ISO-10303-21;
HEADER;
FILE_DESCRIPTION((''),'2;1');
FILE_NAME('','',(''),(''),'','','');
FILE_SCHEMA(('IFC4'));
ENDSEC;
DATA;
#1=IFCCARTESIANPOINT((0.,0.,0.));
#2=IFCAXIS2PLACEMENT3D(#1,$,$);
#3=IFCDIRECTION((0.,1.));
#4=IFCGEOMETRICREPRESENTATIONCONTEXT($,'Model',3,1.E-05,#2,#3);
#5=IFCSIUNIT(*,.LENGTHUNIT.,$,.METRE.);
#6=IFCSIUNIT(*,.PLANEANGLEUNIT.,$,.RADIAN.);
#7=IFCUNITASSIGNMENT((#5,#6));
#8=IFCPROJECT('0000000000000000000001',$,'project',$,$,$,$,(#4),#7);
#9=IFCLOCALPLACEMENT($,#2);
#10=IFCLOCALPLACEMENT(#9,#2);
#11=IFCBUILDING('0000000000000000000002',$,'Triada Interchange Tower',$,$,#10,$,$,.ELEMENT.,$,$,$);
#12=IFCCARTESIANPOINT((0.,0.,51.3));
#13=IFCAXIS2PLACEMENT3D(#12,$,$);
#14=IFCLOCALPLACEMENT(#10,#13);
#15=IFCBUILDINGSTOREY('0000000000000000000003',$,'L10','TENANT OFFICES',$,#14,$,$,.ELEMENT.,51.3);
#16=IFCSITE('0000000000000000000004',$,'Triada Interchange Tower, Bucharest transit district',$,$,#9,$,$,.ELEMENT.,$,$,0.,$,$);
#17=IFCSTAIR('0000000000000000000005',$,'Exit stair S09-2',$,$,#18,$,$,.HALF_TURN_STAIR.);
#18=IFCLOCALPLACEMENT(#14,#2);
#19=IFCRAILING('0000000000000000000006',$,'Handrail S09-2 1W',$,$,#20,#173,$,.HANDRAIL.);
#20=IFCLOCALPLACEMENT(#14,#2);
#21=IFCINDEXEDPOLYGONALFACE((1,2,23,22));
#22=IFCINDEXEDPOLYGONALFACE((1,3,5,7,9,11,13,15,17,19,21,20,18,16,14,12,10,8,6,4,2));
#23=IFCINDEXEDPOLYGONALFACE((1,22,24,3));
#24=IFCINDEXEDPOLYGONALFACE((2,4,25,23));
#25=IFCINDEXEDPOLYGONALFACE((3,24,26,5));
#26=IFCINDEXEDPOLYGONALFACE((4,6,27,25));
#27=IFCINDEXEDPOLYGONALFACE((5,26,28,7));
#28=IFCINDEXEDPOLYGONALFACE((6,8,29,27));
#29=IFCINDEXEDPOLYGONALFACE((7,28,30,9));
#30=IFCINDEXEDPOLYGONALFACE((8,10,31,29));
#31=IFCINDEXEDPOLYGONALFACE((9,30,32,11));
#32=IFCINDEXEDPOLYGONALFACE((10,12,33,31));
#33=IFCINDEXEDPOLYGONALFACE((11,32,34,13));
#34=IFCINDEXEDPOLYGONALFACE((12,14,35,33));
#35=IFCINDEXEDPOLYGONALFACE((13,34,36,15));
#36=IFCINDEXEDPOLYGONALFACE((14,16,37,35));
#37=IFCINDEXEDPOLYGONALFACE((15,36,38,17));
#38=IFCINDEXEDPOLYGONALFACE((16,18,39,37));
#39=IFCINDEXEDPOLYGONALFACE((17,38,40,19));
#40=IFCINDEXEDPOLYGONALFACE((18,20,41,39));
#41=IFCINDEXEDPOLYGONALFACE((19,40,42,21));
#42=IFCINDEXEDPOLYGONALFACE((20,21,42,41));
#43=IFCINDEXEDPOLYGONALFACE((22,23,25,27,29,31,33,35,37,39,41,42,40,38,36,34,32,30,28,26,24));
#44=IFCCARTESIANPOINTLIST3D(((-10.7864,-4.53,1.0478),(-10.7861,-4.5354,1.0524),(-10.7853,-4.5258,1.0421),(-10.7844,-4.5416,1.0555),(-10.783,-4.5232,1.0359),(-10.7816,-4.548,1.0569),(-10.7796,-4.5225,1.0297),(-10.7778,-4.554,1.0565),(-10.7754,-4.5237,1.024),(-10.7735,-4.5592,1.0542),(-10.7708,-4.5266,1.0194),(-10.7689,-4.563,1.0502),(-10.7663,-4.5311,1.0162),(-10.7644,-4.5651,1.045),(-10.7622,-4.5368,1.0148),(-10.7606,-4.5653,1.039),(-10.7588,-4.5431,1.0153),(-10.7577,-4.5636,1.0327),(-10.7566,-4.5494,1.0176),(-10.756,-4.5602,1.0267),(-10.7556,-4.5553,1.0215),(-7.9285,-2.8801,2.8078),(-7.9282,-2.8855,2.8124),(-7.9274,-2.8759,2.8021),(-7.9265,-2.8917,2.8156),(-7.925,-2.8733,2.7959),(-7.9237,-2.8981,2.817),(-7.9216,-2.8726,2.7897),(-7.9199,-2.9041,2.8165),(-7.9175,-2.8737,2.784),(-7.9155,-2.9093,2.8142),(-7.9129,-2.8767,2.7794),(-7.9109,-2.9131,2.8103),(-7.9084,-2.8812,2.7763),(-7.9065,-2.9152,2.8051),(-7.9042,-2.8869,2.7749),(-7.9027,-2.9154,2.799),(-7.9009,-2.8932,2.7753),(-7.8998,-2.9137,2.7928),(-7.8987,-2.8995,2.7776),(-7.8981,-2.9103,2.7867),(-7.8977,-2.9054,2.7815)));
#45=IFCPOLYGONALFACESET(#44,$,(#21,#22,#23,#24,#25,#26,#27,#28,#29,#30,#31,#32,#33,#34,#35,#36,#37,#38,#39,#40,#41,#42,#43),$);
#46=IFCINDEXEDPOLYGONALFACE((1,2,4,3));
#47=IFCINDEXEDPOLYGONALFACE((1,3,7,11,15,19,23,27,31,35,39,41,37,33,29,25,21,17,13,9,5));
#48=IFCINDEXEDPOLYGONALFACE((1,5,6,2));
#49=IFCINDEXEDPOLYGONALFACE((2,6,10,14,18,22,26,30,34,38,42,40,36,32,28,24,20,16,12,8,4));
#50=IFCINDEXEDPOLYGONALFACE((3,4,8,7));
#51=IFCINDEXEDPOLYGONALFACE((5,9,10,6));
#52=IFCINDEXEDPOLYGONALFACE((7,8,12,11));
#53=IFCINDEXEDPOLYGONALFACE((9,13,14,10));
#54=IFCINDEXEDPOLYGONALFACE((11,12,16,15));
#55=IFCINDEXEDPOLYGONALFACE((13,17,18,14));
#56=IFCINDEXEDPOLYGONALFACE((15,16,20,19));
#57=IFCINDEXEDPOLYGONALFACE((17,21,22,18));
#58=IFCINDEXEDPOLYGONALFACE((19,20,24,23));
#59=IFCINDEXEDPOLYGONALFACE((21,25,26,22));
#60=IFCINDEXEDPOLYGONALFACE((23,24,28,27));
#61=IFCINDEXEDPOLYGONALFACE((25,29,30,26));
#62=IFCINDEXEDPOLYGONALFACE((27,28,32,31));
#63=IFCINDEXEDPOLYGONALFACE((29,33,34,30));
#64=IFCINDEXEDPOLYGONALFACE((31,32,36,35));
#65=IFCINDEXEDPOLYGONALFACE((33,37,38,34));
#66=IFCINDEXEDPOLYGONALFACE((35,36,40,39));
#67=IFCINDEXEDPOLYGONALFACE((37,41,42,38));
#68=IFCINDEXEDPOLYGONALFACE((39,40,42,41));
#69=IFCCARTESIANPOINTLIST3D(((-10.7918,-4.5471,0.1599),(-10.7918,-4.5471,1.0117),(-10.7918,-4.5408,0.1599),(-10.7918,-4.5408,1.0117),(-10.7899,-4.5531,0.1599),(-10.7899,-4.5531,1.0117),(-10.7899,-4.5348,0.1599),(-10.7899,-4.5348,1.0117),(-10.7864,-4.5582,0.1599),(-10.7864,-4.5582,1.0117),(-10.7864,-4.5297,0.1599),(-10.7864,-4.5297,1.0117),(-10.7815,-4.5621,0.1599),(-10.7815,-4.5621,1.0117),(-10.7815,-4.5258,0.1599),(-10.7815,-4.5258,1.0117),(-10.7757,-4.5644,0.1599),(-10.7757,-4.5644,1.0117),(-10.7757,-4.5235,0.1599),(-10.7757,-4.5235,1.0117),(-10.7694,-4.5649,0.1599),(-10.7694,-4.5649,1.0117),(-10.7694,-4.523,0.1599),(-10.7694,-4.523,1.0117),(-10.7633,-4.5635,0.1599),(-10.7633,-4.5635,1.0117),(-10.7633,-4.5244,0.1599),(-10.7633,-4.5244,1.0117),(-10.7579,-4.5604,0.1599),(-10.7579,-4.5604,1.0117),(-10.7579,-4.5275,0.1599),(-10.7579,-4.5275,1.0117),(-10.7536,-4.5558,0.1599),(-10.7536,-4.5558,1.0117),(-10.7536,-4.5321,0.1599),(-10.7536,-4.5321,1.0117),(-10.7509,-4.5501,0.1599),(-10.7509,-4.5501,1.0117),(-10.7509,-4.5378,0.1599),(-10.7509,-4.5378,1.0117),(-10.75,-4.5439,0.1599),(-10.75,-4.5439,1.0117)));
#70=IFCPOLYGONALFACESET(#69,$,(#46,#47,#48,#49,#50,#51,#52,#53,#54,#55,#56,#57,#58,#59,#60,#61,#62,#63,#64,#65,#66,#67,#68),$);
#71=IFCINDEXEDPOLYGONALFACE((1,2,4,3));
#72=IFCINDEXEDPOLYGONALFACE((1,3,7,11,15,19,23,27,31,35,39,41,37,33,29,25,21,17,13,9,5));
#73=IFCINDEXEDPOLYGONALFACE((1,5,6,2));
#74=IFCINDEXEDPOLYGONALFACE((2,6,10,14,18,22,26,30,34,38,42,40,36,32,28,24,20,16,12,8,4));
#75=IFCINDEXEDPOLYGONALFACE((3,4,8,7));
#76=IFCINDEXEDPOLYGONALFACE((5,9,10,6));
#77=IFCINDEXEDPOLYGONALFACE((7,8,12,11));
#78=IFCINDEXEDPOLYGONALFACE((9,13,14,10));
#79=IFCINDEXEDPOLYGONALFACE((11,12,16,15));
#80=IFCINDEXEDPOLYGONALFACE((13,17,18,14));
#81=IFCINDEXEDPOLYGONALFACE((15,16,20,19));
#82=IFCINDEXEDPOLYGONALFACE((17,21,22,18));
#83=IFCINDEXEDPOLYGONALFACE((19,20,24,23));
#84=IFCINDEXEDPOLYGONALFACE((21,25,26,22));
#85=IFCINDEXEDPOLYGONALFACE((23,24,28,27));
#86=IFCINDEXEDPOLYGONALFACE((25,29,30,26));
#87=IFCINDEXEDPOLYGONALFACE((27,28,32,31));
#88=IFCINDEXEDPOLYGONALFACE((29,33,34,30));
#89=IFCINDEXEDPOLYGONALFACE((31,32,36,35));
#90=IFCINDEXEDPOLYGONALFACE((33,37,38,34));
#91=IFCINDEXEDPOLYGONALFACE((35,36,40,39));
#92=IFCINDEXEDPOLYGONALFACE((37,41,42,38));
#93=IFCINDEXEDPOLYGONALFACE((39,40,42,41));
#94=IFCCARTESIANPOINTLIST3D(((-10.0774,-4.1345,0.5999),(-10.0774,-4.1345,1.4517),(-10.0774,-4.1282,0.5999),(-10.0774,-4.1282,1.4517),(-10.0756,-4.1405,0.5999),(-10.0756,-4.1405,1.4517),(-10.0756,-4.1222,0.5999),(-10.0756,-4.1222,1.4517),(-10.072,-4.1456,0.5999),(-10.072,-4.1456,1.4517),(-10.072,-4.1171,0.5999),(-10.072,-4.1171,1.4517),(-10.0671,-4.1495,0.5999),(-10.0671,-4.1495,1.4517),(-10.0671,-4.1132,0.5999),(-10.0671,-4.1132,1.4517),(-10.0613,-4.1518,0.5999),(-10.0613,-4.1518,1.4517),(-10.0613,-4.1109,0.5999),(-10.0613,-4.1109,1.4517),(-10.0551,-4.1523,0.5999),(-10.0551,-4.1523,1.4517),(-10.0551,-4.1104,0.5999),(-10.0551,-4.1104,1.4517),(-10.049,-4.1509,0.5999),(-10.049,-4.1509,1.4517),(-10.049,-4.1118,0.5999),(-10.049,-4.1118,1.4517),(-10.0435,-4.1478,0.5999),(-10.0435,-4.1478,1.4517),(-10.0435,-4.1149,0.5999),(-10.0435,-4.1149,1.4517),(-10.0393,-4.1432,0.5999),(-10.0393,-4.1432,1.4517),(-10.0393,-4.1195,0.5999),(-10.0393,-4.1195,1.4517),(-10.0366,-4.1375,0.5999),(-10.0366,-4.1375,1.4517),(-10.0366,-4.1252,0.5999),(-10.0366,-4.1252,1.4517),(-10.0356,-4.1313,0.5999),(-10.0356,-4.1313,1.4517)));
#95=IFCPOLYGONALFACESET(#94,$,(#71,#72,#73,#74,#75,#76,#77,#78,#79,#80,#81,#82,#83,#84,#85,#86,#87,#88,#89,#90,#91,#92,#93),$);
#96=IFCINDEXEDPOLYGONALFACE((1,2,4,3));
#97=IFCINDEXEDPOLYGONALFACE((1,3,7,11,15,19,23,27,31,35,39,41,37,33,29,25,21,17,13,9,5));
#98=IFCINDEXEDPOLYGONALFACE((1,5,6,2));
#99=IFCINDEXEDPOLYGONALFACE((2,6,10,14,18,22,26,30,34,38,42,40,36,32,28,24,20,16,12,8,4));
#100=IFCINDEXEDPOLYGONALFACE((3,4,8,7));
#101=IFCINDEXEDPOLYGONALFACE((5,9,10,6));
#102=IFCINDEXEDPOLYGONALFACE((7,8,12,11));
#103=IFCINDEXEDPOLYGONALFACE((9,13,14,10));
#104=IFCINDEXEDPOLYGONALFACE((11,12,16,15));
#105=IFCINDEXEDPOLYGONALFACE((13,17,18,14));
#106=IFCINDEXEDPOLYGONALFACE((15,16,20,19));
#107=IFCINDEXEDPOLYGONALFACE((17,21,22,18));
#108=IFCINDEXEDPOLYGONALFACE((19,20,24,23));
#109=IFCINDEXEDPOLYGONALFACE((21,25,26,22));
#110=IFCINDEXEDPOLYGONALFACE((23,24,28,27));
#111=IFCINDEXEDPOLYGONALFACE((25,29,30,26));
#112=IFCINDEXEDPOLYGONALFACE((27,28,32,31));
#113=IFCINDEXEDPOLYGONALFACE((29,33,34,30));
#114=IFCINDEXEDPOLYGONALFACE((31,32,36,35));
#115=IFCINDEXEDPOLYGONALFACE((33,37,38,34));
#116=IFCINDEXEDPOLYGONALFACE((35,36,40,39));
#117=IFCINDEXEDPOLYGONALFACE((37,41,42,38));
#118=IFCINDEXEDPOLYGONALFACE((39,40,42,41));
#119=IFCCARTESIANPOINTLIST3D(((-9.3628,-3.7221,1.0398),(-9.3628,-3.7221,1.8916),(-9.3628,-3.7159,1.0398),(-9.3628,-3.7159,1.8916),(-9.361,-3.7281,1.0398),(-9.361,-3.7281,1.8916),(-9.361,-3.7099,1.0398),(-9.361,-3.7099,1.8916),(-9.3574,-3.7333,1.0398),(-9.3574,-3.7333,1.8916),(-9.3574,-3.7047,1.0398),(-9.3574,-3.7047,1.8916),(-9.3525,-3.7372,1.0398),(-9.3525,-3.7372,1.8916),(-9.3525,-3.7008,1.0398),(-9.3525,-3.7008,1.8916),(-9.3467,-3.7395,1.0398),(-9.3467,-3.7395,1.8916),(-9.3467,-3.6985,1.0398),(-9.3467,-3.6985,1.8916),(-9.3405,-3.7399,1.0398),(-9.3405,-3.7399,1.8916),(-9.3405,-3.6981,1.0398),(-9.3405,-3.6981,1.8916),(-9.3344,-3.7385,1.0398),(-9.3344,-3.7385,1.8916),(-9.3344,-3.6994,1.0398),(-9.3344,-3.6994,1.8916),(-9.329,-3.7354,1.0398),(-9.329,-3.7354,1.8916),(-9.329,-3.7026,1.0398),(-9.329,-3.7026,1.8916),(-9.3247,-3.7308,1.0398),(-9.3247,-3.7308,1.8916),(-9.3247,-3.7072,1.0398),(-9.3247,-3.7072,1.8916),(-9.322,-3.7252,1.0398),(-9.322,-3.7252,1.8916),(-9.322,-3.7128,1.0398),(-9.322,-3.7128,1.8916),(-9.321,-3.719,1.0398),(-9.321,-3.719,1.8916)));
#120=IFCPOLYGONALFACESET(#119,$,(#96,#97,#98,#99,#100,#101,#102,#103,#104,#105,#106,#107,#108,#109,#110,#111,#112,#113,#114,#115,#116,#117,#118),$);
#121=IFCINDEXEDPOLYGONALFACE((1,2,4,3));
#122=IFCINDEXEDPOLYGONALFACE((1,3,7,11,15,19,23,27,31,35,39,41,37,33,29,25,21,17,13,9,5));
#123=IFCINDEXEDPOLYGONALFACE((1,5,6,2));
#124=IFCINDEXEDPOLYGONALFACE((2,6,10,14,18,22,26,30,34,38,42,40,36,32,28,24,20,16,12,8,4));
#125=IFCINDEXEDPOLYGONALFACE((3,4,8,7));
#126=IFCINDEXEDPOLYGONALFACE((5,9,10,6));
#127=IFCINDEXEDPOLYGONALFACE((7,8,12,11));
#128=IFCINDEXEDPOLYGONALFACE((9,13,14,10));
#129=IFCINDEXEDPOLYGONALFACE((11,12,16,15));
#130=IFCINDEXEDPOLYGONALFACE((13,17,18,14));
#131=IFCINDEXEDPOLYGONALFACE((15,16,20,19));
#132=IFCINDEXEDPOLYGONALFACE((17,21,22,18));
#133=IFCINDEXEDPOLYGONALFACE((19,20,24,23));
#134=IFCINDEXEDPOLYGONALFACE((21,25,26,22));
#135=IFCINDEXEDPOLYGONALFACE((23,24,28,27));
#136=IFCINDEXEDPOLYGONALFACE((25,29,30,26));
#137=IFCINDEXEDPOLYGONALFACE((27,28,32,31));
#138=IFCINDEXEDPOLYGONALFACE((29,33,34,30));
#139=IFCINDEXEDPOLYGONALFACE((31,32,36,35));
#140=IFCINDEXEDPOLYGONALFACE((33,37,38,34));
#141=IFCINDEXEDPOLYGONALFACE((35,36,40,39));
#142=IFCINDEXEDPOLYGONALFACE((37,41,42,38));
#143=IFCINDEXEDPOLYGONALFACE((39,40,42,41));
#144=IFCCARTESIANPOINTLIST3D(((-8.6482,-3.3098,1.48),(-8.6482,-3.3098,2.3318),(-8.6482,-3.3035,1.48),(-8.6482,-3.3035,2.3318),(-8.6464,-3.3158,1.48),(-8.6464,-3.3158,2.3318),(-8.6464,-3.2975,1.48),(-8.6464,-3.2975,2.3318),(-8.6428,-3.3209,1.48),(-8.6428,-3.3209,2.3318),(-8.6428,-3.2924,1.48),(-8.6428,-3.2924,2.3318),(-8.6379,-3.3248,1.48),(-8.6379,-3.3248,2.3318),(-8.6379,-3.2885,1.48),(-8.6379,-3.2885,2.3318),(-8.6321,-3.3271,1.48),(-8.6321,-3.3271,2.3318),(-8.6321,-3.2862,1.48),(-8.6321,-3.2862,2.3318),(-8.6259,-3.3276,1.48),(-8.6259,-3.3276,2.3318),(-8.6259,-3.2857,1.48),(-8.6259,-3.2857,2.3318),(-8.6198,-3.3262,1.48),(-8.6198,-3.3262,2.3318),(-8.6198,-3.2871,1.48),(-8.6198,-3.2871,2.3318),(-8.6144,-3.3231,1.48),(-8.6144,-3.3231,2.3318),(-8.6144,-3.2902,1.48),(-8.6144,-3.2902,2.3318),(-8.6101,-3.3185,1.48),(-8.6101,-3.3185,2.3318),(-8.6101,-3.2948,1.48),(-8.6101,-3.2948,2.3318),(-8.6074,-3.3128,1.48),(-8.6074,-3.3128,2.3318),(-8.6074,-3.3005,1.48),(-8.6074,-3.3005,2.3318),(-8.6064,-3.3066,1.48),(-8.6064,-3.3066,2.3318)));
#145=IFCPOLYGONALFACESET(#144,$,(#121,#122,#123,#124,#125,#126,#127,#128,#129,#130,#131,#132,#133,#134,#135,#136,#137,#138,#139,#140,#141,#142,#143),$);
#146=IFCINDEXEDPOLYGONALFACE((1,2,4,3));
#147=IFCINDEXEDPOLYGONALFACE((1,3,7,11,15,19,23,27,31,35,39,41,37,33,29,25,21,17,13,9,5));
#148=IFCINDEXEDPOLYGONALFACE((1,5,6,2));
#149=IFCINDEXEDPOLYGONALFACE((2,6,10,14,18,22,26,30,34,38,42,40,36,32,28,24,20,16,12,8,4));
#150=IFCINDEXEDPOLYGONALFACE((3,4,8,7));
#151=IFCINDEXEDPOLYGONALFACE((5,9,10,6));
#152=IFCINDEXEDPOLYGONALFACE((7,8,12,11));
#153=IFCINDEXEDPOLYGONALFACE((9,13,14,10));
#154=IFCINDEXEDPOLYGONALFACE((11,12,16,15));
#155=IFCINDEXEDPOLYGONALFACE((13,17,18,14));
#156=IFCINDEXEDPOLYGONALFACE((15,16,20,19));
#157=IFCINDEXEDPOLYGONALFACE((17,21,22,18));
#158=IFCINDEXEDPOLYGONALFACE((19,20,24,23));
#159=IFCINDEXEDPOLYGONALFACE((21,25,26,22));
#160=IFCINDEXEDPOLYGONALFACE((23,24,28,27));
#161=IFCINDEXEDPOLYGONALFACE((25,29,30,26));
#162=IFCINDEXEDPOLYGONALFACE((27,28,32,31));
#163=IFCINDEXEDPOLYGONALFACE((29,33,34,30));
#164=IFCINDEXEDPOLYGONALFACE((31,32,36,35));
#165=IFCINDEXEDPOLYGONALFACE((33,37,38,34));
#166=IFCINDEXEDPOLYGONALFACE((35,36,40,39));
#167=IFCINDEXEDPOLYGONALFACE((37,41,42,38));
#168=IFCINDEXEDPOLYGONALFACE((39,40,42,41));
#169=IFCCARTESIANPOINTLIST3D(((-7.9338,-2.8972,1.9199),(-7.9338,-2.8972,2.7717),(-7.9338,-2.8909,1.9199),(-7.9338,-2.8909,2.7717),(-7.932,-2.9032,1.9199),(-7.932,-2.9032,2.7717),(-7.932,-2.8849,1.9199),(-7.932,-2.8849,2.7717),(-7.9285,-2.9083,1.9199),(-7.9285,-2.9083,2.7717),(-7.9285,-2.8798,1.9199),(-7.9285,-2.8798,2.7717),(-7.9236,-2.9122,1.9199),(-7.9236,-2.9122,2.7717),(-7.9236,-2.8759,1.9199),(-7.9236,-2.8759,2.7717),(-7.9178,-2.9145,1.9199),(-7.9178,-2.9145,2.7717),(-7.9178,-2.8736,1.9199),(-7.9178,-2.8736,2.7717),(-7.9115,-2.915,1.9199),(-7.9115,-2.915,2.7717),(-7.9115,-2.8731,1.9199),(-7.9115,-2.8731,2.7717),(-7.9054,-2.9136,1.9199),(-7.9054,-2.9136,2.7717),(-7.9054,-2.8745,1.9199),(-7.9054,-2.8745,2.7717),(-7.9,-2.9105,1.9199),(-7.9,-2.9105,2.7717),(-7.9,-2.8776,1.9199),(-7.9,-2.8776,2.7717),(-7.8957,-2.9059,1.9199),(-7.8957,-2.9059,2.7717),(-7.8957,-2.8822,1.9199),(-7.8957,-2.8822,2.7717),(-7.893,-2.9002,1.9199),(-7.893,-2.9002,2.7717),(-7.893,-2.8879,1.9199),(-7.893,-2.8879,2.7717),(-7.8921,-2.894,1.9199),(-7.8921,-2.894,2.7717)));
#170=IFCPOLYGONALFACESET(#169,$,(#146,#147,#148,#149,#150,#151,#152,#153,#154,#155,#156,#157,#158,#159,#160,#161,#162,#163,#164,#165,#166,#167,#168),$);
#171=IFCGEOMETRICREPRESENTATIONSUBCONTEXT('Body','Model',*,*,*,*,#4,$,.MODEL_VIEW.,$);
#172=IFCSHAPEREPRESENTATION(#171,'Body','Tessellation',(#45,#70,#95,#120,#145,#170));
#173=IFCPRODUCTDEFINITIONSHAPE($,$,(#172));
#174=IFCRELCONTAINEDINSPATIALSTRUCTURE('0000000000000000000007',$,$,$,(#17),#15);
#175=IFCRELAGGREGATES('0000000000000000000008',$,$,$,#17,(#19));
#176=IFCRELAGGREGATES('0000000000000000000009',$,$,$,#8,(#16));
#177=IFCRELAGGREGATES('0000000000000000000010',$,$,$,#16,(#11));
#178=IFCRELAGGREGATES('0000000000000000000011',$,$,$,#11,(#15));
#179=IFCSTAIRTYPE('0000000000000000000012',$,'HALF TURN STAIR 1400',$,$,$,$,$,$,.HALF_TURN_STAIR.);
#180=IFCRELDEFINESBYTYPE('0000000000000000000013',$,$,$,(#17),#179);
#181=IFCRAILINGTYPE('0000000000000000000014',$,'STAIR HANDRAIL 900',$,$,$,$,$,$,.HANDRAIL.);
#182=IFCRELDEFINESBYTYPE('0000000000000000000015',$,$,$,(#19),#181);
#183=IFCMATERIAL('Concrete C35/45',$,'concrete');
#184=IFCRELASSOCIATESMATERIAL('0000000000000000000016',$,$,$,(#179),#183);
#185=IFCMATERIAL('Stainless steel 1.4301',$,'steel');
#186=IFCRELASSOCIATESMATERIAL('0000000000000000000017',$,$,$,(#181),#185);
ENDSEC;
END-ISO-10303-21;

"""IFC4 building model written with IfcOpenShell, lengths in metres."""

from ifc_helpers import new_model, si_unit, direction, frame, origin, origin_2d, place, context, subcontext, project, spatial, circle, extrude, material, type_object, element, aggregate, save


model = new_model("IFC4")

# Units and contexts
model_context = context("Model", 3, precision=1e-05, world=origin(), true_north=direction((0.0, 1.0)))
body_context = subcontext(model_context, "Body", "Model", "MODEL_VIEW")
ifc_project = project(units=[si_unit("LENGTHUNIT", "METRE"), si_unit("PLANEANGLEUNIT", "RADIAN")], contexts=[model_context])

# Site, building, storey
site_placement = place(None, origin())
site = spatial("IfcSite", under=ifc_project, at=site_placement, Name="Triada Interchange Tower, Bucharest transit district", CompositionType="ELEMENT", RefElevation=0.0)
building_placement = place(site_placement, origin())
building = spatial("IfcBuilding", under=site, at=building_placement, Name="Triada Interchange Tower", CompositionType="ELEMENT")
storey_placement = place(building_placement, frame((0.0, 0.0, 51.3)))
storey = spatial("IfcBuildingStorey", under=building, at=storey_placement, Name="L10", Description="TENANT OFFICES", CompositionType="ELEMENT", Elevation=51.3)

# Stair, railing
ifc_material_1 = material(Name="Concrete C35/45", Category="concrete")
stair_type = type_object("IfcStairType", Name="HALF TURN STAIR 1400", PredefinedType="HALF_TURN_STAIR", material=ifc_material_1)
stair_placement = place(storey_placement, origin())
stair = element("IfcStair", 1, at=stair_placement, inside=storey, type_object=stair_type, Name="Exit stair S09-2", PredefinedType="HALF_TURN_STAIR")
ifc_material_2 = material(Name="Stainless steel 1.4301", Category="steel")
railing_type = type_object("IfcRailingType", Name="STAIR HANDRAIL 900", PredefinedType="HANDRAIL", material=ifc_material_2)
railing_1_placement = place(storey_placement, frame((-10.771, -4.5439, 0.1599)))
railing_1 = element("IfcRailing", 2, at=railing_1_placement, type_object=railing_type, Name="Handrail S09-2 1W", PredefinedType="HANDRAIL", context=body_context, shape_type="SweptSolid", body=[
    extrude(circle(Radius=0.0239, at=origin_2d()), frame((0.0, 0.0, 0.876), z_axis=(0.764151, 0.441153, 0.470593), x_axis=(-0.499974, 0.86604, 0.0)), (0.0, 0.0, 1.0), 3.74),
    extrude(circle(Radius=0.021, at=origin_2d()), origin(), (0.0, 0.0, 1.0), 0.8518),
    extrude(circle(Radius=0.021, at=origin_2d()), frame((0.7144, 0.4126, 0.4399)), (0.0, 0.0, 1.0), 0.8518),
    extrude(circle(Radius=0.021, at=origin_2d()), frame((1.429, 0.825, 0.8799)), (0.0, 0.0, 1.0), 0.8518),
    extrude(circle(Radius=0.021, at=origin_2d()), frame((2.1436, 1.2373, 1.3201)), (0.0, 0.0, 1.0), 0.8518),
    extrude(circle(Radius=0.021, at=origin_2d()), frame((2.8579, 1.6499, 1.76)), (0.0, 0.0, 1.0), 0.8518),
])
aggregate(stair, [railing_1])

save(model, "model.ifc")
